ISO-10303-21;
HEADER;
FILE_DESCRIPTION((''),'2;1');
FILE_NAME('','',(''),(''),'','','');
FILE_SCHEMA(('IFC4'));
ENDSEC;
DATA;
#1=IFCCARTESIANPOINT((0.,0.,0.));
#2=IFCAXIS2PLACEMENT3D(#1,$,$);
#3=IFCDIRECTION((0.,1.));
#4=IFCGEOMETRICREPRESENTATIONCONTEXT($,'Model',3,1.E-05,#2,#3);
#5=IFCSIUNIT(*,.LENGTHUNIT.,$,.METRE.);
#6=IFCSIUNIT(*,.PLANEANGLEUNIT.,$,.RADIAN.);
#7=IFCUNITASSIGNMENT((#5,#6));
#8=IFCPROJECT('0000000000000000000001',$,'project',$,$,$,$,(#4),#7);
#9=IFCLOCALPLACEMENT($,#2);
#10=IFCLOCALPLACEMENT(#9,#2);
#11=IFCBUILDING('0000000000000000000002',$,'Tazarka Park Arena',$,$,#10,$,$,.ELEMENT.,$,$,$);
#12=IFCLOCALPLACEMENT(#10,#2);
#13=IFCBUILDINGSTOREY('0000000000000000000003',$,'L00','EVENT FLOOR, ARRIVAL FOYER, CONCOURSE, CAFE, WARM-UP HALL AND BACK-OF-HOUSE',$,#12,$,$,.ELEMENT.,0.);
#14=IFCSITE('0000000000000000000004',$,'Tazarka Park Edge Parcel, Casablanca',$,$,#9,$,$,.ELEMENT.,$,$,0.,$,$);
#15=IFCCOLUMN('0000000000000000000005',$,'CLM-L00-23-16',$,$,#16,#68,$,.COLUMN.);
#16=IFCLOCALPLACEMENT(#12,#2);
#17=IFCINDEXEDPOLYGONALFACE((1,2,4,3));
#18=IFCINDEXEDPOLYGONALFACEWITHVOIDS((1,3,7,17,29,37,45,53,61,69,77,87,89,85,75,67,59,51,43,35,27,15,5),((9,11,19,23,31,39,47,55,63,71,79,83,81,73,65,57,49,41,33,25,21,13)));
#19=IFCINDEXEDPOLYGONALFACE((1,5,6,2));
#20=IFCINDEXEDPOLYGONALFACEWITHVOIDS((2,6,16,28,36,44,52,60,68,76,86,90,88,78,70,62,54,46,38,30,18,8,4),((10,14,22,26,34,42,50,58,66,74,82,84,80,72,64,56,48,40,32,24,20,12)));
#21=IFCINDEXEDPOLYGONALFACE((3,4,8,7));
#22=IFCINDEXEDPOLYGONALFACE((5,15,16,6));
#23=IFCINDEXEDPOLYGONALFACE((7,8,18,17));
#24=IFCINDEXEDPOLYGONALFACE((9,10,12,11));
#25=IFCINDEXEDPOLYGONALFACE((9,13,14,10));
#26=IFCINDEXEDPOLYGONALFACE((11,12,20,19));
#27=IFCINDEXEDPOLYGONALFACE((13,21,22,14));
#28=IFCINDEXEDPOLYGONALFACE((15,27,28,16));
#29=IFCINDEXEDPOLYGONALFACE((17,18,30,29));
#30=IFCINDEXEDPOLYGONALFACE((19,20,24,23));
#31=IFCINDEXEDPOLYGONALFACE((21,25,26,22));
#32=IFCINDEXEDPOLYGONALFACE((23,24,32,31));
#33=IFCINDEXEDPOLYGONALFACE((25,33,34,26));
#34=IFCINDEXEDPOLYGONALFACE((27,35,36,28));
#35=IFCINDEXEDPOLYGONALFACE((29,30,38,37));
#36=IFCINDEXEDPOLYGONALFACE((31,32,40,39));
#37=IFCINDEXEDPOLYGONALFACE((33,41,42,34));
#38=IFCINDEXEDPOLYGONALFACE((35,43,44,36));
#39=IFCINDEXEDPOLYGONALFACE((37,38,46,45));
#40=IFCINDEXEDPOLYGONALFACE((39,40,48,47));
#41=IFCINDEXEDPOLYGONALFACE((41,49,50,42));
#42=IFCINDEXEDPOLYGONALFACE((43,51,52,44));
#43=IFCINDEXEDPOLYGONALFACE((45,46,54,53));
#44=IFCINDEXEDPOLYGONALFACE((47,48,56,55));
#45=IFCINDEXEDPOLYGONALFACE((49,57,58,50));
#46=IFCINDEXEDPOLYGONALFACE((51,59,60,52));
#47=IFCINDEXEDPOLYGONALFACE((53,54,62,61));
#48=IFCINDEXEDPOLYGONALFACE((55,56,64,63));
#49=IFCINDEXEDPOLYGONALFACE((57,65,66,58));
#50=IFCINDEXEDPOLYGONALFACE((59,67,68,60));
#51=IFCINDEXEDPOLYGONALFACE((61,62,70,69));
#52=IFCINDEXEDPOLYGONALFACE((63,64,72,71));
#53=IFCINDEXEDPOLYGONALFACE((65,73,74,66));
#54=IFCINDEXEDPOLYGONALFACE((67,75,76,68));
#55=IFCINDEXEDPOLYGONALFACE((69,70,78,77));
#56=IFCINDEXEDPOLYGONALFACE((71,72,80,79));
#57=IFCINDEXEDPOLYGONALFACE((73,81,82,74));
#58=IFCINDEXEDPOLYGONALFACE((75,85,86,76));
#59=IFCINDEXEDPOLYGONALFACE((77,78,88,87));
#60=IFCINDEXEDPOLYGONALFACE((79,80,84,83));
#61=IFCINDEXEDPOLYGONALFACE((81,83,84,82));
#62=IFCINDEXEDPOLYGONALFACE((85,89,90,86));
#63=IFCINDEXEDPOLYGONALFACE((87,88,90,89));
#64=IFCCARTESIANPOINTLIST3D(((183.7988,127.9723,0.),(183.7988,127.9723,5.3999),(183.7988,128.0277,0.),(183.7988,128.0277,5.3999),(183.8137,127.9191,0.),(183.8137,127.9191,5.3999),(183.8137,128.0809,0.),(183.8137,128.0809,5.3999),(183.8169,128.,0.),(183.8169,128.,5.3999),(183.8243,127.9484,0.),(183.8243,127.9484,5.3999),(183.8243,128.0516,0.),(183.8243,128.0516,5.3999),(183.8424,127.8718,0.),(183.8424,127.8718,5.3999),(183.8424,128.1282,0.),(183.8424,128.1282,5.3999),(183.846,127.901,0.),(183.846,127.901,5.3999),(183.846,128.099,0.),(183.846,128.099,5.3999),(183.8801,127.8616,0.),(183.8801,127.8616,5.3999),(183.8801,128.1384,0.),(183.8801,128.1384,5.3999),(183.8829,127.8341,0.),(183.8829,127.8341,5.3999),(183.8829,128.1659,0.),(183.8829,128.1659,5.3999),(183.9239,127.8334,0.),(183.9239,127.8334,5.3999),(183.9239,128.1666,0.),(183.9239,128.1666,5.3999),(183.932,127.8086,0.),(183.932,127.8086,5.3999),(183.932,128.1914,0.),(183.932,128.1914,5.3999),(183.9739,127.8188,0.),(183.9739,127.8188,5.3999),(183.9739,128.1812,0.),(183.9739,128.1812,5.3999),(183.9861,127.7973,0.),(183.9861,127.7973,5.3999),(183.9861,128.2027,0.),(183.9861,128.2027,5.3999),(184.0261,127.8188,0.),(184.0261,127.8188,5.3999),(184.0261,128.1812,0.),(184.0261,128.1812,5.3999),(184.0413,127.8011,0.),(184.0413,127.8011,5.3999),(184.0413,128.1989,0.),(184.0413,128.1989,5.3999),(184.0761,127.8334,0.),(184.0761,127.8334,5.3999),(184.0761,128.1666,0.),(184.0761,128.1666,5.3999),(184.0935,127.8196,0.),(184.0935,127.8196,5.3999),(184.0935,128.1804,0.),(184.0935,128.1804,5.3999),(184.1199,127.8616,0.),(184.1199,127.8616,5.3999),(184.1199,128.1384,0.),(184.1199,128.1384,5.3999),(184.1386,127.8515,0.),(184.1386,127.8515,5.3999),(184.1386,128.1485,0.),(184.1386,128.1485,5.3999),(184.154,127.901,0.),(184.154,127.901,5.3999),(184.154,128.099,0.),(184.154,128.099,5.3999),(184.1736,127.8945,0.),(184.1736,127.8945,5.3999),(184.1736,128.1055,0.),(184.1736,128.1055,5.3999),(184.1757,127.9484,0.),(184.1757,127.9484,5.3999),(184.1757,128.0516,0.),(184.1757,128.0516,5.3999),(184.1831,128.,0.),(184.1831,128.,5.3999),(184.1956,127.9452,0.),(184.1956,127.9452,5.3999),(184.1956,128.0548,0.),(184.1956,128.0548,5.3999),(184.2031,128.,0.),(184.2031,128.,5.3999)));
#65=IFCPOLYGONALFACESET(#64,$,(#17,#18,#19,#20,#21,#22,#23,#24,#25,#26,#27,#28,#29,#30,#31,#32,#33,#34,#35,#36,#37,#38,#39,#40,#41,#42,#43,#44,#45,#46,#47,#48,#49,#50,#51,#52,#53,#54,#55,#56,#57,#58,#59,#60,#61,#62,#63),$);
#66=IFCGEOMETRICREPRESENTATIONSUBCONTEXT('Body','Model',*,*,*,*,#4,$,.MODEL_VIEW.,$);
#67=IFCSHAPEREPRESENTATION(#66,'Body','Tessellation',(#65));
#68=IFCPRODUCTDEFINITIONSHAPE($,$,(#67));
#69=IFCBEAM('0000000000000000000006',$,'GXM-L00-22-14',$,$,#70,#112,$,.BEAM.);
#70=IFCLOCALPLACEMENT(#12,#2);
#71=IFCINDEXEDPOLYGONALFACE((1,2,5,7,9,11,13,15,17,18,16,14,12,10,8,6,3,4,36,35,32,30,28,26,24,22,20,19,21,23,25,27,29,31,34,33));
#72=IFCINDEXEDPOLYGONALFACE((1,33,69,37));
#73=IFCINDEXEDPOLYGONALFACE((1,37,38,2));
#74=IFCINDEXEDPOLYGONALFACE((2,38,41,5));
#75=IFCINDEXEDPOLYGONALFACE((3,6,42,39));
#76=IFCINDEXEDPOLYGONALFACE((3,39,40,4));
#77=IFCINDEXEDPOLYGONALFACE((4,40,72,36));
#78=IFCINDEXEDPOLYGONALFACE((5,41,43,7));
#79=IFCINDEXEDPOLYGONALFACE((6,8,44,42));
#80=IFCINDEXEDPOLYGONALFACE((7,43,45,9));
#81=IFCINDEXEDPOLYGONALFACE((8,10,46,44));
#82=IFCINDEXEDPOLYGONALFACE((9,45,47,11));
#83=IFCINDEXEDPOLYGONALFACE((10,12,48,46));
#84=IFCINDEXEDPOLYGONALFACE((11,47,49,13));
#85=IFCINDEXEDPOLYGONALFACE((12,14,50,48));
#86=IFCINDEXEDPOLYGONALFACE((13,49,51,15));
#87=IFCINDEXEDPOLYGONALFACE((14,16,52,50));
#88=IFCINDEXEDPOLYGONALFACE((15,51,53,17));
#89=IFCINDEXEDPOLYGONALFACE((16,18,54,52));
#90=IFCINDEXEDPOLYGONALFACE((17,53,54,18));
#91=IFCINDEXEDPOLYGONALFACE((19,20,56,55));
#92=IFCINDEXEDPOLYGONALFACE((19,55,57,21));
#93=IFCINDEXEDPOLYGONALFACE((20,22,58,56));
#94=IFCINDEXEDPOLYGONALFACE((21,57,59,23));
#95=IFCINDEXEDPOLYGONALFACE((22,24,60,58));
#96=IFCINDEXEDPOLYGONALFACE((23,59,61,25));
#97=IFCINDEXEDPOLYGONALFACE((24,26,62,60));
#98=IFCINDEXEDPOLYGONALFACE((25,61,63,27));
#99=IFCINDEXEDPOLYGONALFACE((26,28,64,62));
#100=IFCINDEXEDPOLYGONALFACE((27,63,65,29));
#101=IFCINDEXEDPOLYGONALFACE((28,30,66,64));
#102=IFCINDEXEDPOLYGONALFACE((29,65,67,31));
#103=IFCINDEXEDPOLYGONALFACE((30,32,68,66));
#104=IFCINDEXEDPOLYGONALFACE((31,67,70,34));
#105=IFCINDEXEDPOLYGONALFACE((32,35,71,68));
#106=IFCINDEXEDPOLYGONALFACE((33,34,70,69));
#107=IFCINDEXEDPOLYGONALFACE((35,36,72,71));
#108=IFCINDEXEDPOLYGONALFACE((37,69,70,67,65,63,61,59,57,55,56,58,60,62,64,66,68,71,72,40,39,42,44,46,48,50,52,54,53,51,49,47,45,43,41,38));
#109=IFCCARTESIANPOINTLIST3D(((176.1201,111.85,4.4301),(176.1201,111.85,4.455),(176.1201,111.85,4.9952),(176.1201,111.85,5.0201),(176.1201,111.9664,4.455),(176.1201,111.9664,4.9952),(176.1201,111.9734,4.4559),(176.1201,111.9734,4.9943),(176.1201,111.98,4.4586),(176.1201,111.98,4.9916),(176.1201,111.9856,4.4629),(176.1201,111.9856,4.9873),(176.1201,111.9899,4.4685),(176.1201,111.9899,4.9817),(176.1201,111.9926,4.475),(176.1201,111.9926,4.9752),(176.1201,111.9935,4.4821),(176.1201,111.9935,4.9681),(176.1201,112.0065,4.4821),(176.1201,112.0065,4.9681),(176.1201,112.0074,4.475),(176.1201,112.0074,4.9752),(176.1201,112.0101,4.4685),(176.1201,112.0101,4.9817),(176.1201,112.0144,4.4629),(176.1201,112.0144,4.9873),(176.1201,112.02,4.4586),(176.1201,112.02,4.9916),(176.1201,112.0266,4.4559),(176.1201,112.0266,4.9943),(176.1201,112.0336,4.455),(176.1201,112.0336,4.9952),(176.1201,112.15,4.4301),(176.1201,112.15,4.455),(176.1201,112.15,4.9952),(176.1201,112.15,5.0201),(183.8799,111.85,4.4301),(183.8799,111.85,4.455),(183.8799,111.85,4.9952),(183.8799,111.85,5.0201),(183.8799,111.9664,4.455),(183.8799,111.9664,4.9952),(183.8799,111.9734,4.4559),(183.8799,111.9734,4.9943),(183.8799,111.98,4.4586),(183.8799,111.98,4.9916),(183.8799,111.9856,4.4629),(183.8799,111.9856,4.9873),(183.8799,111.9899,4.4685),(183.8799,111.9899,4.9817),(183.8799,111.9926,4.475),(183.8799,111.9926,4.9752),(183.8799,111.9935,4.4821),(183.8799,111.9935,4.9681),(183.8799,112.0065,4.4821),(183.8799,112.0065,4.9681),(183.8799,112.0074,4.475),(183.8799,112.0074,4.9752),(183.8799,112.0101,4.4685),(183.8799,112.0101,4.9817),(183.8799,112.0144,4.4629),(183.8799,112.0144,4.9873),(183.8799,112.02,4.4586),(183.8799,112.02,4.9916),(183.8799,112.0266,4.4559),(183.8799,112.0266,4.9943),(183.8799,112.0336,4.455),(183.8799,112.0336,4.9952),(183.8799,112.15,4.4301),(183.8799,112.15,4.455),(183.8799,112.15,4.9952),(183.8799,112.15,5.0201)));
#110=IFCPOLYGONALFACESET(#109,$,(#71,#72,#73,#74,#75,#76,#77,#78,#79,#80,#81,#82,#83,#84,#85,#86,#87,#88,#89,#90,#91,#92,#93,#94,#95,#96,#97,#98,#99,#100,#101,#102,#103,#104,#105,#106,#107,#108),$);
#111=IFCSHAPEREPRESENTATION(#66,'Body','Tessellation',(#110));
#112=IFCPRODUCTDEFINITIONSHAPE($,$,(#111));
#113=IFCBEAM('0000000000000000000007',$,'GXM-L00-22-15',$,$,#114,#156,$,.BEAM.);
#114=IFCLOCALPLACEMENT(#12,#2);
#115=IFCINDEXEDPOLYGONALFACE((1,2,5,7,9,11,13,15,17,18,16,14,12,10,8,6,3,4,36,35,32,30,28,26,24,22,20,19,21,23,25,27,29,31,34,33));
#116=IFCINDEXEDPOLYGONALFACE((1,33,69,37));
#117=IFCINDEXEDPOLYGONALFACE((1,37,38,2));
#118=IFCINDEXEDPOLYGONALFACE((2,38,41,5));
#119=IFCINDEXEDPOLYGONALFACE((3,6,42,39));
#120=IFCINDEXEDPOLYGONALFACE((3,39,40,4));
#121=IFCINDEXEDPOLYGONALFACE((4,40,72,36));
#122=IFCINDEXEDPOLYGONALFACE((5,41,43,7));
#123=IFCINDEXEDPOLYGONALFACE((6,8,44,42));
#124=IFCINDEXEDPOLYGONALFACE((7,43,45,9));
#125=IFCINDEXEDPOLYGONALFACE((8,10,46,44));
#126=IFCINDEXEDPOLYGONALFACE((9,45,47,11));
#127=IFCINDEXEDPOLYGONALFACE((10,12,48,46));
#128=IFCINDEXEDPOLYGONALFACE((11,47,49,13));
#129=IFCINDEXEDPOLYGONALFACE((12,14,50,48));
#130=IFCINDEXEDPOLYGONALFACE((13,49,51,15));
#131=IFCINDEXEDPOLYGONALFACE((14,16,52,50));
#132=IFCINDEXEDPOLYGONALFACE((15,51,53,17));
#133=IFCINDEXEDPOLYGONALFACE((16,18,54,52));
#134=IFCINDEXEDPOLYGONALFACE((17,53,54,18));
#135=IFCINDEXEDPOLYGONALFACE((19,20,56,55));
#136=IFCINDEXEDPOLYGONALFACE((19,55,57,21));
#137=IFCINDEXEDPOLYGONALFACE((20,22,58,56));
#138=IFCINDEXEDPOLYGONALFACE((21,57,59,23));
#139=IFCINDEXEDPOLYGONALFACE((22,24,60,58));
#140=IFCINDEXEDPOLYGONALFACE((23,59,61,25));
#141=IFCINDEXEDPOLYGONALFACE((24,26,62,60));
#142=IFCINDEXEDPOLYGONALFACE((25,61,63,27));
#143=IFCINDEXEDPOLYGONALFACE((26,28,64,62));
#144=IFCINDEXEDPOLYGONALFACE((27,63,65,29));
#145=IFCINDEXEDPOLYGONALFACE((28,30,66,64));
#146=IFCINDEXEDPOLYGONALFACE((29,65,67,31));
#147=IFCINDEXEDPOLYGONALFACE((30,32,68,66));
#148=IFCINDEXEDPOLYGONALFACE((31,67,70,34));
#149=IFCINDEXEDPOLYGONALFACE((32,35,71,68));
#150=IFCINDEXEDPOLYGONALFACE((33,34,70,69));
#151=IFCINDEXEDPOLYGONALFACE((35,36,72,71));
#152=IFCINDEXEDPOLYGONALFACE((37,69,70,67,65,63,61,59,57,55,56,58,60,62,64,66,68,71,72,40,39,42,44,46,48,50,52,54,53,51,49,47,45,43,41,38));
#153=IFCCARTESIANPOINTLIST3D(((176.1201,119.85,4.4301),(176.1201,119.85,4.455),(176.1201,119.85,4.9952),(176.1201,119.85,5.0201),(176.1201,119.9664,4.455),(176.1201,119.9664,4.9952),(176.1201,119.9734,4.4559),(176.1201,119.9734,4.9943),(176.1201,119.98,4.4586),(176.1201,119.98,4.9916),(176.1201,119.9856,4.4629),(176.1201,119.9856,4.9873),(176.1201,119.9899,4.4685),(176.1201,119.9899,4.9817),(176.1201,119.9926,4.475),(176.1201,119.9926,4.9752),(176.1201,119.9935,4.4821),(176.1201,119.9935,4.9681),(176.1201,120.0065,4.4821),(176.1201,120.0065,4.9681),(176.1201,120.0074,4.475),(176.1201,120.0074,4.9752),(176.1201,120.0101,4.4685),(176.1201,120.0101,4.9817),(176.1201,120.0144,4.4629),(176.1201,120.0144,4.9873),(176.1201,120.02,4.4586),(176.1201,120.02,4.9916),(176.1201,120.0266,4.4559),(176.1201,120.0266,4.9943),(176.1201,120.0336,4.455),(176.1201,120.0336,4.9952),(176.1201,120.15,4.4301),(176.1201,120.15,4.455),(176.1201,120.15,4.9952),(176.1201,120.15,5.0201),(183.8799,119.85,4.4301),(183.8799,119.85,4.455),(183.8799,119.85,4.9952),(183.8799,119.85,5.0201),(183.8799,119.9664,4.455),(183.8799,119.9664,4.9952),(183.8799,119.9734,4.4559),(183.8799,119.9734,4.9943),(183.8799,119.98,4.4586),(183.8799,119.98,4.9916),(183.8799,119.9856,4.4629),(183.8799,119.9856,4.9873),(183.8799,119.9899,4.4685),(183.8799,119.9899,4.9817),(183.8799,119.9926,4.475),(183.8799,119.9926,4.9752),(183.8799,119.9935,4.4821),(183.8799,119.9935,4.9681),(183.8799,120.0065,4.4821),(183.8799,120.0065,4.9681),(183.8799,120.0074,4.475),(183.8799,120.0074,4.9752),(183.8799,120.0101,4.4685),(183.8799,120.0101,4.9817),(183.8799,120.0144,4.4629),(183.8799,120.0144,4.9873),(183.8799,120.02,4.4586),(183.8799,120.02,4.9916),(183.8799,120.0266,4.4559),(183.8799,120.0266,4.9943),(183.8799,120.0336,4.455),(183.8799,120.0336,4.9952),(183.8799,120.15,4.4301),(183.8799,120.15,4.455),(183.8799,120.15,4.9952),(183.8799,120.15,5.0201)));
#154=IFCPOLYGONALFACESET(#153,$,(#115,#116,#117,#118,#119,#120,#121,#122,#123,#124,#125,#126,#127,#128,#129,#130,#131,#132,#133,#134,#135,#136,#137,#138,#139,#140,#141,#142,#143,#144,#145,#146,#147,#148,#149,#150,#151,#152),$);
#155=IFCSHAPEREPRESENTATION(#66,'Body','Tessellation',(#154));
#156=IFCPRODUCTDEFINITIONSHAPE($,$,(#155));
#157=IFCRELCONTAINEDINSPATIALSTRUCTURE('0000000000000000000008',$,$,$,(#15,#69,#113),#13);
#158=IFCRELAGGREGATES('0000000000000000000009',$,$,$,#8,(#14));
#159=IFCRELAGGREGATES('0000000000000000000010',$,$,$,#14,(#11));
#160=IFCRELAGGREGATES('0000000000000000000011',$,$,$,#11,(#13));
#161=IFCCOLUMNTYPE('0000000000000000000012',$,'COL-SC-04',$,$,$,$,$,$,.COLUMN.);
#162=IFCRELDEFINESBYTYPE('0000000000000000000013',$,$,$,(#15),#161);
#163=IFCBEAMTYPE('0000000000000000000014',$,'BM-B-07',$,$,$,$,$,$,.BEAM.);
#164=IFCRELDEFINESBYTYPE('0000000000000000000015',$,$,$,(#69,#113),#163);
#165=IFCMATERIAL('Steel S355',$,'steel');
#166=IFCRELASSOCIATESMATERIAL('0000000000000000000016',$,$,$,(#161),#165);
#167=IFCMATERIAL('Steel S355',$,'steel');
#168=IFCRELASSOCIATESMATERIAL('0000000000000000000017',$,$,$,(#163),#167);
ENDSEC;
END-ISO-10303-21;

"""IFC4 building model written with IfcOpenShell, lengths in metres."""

from ifc_helpers import new_model, si_unit, direction, frame, origin, origin_2d, place, context, subcontext, project, spatial, hollow_circle, i_section, extrude, material, material_profile, profile_set, type_object, element, save


model = new_model("IFC4")

# Units and contexts
model_context = context("Model", 3, precision=1e-05, world=origin(), true_north=direction((0.0, 1.0)))
body_context = subcontext(model_context, "Body", "Model", "MODEL_VIEW")
ifc_project = project(units=[si_unit("LENGTHUNIT", "METRE"), si_unit("PLANEANGLEUNIT", "RADIAN")], contexts=[model_context])

# Site, building, storey
site_placement = place(None, origin())
site = spatial("IfcSite", under=ifc_project, at=site_placement, Name="Tazarka Park Edge Parcel, Casablanca", CompositionType="ELEMENT", RefElevation=0.0)
building_placement = place(site_placement, origin())
building = spatial("IfcBuilding", under=site, at=building_placement, Name="Tazarka Park Arena", CompositionType="ELEMENT")
storey_placement = place(building_placement, origin())
storey = spatial("IfcBuildingStorey", under=building, at=storey_placement, Name="L00", Description="EVENT FLOOR, ARRIVAL FOYER, CONCOURSE, CAFE, WARM-UP HALL AND BACK-OF-HOUSE", CompositionType="ELEMENT", Elevation=0.0)

# Column
ifc_material_1 = material(Name="Steel S355", Category="steel")
ifc_material_profile_1 = material_profile(ifc_material_1, hollow_circle(Radius=0.2031, WallThickness=0.02, at=origin_2d()), Name="Steel S355")
ifc_profile_set_1 = profile_set([ifc_material_profile_1], Name="Steel S355")
column_type_1 = type_object("IfcColumnType", Name="COL-SC-04", PredefinedType="COLUMN", material=ifc_profile_set_1)
for number, where, z_axis, x_axis, name in (
    (1, (184.0, 128.0, 0.0), (0.0, 0.0, 1.0), (1.0, 0.0, 0.0), "CLM-L00-23-16"),
):
    element("IfcColumn", number, at=place(storey_placement, frame(where, z_axis=z_axis, x_axis=x_axis)), inside=storey, type_object=column_type_1, Name=name, PredefinedType="COLUMN", context=body_context, shape_type="SweptSolid", body=[
        extrude(hollow_circle(Radius=0.2031, WallThickness=0.02, at=origin_2d()), origin(), (0.0, 0.0, 1.0), 5.3999),
    ])

# Beams
ifc_material_2 = material(Name="Steel S355", Category="steel")
ifc_material_profile_2 = material_profile(ifc_material_2, i_section(OverallWidth=0.3, OverallDepth=0.5901, WebThickness=0.0129, FlangeThickness=0.0249, FilletRadius=0.0271, at=origin_2d()), Name="Steel S355")
ifc_profile_set_2 = profile_set([ifc_material_profile_2], Name="Steel S355")
beam_type_1 = type_object("IfcBeamType", Name="BM-B-07", PredefinedType="BEAM", material=ifc_profile_set_2)
for number, where, z_axis, x_axis, name in (
    (2, (176.1201, 112.0, 4.7251), (1.0, 0.0, 0.0), (0.0, 1.0, 0.0), "GXM-L00-22-14"),
    (3, (176.1201, 120.0, 4.7251), (1.0, 0.0, 0.0), (0.0, 1.0, 0.0), "GXM-L00-22-15"),
):
    element("IfcBeam", number, at=place(storey_placement, frame(where, z_axis=z_axis, x_axis=x_axis)), inside=storey, type_object=beam_type_1, Name=name, PredefinedType="BEAM", context=body_context, shape_type="SweptSolid", body=[
        extrude(i_section(OverallWidth=0.3, OverallDepth=0.5901, WebThickness=0.0129, FlangeThickness=0.0249, FilletRadius=0.0271, at=origin_2d()), origin(), (0.0, 0.0, 1.0), 7.7598),
    ])

save(model, "model.ifc")
